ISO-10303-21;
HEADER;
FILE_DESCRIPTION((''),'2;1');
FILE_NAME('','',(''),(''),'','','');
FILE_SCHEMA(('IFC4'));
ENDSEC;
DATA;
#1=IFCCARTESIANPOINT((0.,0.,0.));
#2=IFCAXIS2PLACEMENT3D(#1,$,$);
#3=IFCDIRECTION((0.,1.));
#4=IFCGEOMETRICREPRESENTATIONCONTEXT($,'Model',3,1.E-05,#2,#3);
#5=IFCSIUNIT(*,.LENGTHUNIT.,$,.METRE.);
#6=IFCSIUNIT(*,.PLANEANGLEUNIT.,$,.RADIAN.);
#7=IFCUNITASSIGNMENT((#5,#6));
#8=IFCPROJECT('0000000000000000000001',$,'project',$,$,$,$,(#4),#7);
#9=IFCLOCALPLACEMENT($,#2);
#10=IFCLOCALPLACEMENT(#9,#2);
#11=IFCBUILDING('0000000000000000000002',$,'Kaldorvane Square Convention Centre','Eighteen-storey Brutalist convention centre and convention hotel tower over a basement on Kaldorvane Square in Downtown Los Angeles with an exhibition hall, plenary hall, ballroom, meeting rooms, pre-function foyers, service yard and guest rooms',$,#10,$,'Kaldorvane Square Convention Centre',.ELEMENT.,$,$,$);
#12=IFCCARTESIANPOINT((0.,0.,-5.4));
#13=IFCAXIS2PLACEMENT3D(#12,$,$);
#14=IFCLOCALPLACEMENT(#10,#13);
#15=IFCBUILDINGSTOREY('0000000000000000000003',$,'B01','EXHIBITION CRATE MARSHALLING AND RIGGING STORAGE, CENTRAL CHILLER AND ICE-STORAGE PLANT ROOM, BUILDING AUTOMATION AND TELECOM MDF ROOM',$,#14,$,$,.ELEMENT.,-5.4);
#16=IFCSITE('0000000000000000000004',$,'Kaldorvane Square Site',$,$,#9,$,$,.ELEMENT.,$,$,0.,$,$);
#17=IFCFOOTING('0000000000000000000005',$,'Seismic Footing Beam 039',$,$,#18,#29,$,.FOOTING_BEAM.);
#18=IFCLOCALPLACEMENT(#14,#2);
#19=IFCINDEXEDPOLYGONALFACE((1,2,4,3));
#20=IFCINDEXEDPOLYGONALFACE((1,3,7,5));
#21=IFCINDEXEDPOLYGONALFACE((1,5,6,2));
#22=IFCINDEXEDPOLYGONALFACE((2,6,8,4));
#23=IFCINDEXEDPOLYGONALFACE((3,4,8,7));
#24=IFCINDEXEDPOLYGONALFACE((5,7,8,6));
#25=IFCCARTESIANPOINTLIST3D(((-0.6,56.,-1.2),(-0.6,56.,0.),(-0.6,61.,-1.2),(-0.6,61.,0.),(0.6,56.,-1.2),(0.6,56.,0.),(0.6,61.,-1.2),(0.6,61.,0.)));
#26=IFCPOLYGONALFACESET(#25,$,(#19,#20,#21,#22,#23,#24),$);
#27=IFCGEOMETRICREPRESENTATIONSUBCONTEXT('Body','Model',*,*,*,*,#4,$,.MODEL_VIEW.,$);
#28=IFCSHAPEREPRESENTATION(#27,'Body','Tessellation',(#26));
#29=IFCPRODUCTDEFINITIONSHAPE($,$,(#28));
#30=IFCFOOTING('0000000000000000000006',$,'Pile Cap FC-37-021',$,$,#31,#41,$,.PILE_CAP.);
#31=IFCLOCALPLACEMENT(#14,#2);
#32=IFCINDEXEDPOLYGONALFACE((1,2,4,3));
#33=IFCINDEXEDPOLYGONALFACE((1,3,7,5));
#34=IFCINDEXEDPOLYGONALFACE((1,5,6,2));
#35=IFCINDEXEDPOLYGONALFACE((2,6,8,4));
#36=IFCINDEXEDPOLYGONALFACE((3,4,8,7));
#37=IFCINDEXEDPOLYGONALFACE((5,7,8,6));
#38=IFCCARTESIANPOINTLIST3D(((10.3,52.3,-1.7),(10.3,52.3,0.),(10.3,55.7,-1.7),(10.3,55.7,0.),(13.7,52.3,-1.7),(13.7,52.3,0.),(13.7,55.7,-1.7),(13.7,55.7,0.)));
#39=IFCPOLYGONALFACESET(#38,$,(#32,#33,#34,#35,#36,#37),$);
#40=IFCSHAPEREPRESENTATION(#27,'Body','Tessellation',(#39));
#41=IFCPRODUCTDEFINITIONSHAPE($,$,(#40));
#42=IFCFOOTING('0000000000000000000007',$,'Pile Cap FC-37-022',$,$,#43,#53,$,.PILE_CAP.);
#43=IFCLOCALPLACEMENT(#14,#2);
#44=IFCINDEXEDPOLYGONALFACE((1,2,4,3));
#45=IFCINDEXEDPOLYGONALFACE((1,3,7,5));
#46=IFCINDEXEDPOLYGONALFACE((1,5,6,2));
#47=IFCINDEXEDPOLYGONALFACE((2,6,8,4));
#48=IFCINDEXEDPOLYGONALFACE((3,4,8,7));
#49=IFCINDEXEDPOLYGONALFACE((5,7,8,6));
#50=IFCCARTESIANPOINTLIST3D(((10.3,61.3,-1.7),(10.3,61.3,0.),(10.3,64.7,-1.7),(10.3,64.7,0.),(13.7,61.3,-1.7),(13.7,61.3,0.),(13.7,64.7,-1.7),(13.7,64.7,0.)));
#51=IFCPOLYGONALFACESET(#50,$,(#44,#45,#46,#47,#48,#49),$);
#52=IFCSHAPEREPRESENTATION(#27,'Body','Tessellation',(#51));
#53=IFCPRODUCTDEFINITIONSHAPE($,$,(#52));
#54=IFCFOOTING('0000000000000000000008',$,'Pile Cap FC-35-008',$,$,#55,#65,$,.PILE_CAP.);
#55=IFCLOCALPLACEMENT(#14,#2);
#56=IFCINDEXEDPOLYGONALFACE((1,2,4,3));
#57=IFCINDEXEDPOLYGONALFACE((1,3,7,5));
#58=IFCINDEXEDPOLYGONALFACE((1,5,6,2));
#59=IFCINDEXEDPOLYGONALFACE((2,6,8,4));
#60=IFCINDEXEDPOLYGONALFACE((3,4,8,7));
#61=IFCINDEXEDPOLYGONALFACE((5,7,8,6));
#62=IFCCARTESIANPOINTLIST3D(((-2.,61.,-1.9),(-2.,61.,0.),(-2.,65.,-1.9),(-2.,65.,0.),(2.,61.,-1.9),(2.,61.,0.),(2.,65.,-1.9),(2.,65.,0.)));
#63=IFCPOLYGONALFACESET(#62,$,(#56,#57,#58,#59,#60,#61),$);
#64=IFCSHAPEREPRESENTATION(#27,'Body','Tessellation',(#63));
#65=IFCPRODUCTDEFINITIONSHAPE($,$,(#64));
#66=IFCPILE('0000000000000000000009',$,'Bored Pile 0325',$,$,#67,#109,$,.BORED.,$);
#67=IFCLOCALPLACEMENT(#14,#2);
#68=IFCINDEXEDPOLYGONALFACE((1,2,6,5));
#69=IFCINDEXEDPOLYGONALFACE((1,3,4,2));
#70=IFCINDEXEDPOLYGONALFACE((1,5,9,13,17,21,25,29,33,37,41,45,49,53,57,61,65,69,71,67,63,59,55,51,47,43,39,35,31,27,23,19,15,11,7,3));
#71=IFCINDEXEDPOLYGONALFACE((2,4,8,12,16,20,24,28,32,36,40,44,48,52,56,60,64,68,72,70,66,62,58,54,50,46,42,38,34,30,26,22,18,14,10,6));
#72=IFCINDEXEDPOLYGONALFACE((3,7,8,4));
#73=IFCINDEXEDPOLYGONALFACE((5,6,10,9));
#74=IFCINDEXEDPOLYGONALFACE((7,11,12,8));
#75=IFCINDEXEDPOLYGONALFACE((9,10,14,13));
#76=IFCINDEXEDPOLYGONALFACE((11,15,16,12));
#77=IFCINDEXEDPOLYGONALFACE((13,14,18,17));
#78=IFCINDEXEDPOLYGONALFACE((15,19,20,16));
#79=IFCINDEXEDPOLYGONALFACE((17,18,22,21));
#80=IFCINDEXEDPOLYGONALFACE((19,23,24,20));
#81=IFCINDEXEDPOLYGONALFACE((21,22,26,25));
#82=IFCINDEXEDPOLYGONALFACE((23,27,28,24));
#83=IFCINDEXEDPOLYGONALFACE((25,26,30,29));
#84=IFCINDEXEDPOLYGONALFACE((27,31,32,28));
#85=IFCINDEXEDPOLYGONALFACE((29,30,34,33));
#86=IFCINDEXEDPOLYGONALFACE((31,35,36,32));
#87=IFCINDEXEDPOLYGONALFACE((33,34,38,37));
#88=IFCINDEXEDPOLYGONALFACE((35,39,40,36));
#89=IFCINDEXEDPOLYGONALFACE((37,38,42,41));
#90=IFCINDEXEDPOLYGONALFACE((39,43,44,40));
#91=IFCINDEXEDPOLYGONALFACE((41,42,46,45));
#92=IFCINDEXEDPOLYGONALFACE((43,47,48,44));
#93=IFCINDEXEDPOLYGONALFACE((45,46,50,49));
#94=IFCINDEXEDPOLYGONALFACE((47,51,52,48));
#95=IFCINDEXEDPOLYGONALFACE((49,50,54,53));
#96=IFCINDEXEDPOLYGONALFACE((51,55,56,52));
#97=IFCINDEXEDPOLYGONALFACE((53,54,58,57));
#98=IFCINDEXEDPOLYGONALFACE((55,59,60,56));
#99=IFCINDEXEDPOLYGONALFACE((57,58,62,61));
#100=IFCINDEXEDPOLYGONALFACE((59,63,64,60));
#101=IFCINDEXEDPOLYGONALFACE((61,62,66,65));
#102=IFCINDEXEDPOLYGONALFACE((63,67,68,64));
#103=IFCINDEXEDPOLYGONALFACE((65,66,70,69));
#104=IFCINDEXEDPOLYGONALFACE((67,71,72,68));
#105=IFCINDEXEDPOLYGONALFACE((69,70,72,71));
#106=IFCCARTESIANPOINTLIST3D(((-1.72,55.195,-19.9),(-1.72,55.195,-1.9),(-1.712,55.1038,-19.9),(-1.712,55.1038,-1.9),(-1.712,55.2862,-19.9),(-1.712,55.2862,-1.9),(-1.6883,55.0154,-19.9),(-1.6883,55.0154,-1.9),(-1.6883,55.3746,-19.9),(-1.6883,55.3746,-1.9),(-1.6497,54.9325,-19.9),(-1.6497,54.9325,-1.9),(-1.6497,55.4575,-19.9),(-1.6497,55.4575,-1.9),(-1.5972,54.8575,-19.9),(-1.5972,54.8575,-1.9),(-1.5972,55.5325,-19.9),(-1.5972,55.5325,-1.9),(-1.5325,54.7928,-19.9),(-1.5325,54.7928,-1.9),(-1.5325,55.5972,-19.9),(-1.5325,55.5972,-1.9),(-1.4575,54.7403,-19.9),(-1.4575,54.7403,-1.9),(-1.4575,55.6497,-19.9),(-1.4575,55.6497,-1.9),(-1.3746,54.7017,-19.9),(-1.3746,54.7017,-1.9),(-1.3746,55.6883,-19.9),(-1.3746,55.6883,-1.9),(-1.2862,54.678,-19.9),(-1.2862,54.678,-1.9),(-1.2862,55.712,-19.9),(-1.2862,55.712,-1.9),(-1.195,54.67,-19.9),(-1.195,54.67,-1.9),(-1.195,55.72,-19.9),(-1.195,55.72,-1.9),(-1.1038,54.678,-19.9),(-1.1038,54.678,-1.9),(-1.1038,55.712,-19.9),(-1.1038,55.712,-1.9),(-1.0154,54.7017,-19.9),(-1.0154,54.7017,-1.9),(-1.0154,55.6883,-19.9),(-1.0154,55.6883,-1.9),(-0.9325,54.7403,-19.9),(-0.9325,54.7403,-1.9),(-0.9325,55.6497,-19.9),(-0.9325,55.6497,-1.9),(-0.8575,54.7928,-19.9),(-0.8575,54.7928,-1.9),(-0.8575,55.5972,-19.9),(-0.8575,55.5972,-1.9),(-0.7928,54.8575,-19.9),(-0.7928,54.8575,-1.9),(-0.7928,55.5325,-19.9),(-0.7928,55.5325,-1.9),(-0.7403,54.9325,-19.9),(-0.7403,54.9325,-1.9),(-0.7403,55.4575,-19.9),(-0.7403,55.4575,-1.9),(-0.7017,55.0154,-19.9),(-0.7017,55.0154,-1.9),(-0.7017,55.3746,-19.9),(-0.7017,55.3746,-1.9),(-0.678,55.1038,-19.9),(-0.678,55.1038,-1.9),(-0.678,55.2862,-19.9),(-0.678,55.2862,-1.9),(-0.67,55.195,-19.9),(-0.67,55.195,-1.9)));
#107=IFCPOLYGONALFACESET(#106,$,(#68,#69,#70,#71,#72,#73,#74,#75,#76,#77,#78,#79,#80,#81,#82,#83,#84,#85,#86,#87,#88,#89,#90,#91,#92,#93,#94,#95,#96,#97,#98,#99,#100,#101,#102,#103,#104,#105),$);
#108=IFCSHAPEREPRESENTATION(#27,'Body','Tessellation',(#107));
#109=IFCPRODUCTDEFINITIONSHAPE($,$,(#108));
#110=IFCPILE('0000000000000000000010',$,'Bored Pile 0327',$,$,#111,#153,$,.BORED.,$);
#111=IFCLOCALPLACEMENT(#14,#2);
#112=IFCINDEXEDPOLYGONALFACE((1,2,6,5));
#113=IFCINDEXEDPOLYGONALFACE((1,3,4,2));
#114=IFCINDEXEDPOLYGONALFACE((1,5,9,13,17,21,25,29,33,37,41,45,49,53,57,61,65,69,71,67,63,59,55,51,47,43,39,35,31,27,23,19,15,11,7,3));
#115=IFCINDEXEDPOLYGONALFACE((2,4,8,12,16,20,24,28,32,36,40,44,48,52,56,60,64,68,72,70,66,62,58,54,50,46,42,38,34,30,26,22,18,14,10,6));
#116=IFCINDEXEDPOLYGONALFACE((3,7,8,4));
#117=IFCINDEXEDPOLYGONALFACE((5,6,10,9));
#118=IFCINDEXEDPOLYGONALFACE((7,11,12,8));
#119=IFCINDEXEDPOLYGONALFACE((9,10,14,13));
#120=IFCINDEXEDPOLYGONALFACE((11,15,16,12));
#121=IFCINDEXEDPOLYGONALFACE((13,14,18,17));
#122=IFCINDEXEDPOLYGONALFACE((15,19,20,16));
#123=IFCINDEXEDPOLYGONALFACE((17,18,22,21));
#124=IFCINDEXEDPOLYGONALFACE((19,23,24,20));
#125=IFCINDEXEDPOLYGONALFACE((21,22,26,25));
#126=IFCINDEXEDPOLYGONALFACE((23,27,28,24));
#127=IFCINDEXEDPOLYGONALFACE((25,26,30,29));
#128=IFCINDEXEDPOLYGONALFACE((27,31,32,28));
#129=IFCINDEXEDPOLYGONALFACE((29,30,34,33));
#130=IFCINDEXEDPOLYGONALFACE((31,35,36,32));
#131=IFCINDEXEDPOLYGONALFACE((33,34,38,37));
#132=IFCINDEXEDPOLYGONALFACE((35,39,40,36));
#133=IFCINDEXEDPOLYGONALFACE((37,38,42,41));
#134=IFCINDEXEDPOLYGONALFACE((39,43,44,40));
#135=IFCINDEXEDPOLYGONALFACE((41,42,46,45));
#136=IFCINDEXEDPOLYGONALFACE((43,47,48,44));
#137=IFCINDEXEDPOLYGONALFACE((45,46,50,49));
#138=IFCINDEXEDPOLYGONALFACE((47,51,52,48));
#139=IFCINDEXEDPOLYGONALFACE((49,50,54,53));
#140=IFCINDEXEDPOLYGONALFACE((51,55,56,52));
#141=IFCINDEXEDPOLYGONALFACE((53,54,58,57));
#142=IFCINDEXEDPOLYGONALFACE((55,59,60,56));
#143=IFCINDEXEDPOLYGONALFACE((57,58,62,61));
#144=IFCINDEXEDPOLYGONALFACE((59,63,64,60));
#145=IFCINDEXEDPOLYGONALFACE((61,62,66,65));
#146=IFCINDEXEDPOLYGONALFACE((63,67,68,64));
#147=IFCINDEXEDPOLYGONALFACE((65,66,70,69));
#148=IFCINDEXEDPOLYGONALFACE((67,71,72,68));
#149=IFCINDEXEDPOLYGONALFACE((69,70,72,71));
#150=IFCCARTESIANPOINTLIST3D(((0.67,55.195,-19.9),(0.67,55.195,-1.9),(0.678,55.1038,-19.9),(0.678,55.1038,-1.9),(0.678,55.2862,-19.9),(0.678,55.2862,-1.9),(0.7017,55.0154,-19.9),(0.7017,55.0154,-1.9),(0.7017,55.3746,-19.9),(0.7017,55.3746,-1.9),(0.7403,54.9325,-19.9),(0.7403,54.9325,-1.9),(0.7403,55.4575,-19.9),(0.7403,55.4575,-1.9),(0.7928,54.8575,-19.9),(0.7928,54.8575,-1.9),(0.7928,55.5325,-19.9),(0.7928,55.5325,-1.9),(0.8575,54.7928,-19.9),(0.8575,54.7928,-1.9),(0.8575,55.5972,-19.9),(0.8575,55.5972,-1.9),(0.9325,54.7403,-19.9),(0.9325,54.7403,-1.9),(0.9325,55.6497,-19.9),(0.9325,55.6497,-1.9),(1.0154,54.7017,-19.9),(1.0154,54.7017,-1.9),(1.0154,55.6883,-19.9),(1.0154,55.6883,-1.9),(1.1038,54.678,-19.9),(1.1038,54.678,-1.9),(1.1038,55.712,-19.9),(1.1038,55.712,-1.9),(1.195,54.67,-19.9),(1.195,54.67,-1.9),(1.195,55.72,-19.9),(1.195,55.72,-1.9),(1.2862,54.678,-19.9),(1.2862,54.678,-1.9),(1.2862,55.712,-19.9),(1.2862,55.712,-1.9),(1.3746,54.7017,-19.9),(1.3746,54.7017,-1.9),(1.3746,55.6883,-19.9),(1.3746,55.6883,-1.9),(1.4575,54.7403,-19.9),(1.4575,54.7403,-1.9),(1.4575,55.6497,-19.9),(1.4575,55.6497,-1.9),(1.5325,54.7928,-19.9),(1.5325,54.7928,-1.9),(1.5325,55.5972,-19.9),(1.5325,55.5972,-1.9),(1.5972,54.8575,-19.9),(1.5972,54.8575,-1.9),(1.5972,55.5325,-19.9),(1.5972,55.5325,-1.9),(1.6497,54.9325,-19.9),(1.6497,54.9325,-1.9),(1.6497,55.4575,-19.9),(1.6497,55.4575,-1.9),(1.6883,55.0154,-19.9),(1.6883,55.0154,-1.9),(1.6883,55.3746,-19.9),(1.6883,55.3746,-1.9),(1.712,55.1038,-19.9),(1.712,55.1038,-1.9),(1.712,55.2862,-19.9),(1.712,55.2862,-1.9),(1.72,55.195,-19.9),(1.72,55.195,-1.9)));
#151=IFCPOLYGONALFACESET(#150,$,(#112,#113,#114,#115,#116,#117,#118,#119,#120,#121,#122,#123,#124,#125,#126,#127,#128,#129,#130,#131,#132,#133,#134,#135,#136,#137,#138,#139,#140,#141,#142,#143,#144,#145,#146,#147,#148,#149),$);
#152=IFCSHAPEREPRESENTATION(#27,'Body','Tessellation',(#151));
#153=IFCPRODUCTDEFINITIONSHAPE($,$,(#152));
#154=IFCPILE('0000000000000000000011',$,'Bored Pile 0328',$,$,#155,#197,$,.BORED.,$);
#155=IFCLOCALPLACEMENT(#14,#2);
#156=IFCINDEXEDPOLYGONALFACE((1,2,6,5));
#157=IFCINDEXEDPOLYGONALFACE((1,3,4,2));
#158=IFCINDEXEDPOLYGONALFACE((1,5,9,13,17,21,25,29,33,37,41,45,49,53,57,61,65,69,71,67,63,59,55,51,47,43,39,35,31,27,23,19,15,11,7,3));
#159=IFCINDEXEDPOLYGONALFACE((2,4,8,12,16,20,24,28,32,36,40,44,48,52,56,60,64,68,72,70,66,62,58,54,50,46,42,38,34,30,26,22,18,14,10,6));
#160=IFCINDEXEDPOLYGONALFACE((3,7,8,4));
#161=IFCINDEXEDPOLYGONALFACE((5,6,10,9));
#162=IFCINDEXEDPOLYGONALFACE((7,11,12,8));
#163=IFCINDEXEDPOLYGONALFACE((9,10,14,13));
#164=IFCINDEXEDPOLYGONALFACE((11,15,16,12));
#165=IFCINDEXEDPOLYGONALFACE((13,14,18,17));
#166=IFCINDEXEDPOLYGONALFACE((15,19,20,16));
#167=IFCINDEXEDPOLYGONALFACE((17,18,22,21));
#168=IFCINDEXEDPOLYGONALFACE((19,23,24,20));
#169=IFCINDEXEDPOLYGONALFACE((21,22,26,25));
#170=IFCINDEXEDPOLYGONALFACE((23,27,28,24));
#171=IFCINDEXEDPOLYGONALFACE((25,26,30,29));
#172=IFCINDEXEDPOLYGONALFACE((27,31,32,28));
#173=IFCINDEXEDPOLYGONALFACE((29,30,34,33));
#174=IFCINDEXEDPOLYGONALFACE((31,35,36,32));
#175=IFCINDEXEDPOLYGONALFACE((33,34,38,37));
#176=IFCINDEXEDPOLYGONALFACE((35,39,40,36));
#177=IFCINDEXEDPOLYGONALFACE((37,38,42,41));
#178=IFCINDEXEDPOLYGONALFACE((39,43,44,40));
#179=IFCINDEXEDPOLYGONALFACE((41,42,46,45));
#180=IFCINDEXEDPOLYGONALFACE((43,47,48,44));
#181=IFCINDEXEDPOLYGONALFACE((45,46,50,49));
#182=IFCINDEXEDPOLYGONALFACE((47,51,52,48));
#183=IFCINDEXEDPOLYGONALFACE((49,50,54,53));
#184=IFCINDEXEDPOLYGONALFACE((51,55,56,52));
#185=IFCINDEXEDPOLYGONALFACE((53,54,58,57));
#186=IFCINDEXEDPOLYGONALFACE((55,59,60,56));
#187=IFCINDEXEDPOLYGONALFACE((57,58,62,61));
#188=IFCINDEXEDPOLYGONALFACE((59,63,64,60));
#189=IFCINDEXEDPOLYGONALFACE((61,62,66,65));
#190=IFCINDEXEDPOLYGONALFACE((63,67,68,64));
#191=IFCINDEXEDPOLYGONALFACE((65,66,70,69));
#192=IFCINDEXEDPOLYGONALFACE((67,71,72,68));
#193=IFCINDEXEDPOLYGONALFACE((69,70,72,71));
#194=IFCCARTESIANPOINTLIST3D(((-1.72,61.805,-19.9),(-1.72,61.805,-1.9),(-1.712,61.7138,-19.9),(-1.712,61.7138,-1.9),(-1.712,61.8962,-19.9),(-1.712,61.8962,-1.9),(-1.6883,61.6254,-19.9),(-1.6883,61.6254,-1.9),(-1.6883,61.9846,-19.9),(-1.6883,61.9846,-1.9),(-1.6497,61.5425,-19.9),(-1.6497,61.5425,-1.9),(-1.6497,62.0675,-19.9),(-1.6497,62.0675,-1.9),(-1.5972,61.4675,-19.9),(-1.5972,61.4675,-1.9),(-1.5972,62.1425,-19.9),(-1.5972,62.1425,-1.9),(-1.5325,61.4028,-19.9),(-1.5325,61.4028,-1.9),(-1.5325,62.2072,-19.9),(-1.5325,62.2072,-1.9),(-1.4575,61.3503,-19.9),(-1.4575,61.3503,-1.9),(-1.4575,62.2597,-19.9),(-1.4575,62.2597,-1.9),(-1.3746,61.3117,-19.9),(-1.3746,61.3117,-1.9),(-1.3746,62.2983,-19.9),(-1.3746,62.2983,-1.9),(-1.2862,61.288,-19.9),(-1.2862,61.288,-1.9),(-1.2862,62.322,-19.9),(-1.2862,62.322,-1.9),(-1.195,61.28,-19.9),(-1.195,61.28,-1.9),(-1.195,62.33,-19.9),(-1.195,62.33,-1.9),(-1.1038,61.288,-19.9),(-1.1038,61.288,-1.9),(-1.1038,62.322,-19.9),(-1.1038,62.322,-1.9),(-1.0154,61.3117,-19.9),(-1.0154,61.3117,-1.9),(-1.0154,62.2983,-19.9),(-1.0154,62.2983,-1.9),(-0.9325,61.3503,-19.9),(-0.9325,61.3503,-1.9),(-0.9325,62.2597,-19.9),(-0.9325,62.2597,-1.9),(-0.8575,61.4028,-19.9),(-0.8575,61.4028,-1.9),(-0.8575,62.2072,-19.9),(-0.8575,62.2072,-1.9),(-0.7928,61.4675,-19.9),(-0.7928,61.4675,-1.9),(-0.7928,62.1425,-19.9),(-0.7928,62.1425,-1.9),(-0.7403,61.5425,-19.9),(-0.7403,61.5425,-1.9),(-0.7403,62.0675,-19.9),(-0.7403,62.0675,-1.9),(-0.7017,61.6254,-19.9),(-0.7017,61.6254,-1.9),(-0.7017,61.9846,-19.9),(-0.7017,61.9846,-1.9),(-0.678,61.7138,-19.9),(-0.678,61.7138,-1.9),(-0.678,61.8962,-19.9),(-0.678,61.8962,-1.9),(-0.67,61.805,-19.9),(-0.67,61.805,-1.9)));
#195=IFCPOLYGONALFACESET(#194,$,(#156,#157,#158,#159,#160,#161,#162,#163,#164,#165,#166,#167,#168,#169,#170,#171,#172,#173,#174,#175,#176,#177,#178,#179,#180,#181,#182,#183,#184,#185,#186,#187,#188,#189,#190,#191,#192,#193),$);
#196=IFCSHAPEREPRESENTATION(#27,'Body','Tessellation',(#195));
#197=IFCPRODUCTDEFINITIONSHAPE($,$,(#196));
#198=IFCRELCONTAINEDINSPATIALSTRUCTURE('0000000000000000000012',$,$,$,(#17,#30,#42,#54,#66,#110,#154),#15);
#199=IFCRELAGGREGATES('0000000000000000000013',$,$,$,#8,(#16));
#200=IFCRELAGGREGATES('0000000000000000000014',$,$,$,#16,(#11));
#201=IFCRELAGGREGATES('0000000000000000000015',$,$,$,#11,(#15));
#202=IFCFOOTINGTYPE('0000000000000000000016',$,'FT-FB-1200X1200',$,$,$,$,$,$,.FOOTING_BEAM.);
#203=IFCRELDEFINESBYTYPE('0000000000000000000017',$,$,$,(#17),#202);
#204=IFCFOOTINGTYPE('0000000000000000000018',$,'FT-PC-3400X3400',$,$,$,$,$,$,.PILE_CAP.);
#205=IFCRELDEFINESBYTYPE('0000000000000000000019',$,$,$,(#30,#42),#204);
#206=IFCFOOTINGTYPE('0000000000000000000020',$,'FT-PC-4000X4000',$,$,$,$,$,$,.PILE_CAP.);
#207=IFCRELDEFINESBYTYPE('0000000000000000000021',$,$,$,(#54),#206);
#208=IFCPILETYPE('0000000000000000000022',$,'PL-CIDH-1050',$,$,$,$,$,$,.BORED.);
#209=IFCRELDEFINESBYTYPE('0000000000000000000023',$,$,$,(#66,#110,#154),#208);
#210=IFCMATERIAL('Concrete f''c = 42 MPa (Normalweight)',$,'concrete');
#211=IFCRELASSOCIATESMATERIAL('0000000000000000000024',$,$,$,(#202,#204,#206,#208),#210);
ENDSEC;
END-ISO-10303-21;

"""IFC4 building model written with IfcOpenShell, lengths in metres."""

from ifc_helpers import new_model, si_unit, direction, frame, origin, origin_2d, place, context, subcontext, project, spatial, rectangle, circle, extrude, material, material_profile, profile_set, type_object, element, save


model = new_model("IFC4")

# Units and contexts
model_context = context("Model", 3, precision=1e-05, world=origin(), true_north=direction((0.0, 1.0)))
body_context = subcontext(model_context, "Body", "Model", "MODEL_VIEW")
ifc_project = project(units=[si_unit("LENGTHUNIT", "METRE"), si_unit("PLANEANGLEUNIT", "RADIAN")], contexts=[model_context])

# Site, building, storey
site_placement = place(None, origin())
site = spatial("IfcSite", under=ifc_project, at=site_placement, Name="Kaldorvane Square Site", CompositionType="ELEMENT", RefElevation=0.0)
building_placement = place(site_placement, origin())
building = spatial("IfcBuilding", under=site, at=building_placement, Name="Kaldorvane Square Convention Centre", Description="Eighteen-storey Brutalist convention centre and convention hotel tower over a basement on Kaldorvane Square in Downtown Los Angeles with an exhibition hall, plenary hall, ballroom, meeting rooms, pre-function foyers, service yard and guest rooms", LongName="Kaldorvane Square Convention Centre", CompositionType="ELEMENT")
storey_placement = place(building_placement, frame((0.0, 0.0, -5.4)))
storey = spatial("IfcBuildingStorey", under=building, at=storey_placement, Name="B01", Description="EXHIBITION CRATE MARSHALLING AND RIGGING STORAGE, CENTRAL CHILLER AND ICE-STORAGE PLANT ROOM, BUILDING AUTOMATION AND TELECOM MDF ROOM", CompositionType="ELEMENT", Elevation=-5.4)

# Footings
ifc_material_1 = material(Name="Concrete f'c = 42 MPa (Normalweight)", Category="concrete")
footing_type_1 = type_object("IfcFootingType", Name="FT-FB-1200X1200", PredefinedType="FOOTING_BEAM", material=ifc_material_1)
footing_1_placement = place(storey_placement, frame((0.0, 58.5, -1.2), z_axis=(0.0, 0.0, 1.0), x_axis=(1.0, 0.0, 0.0)))
element("IfcFooting", 1, at=footing_1_placement, inside=storey, type_object=footing_type_1, Name="Seismic Footing Beam 039", PredefinedType="FOOTING_BEAM", context=body_context, shape_type="SweptSolid", body=[
    extrude(rectangle(XDim=1.2, YDim=5.0, at=origin_2d()), origin(), (0.0, 0.0, 1.0), 1.2),
])
footing_type_2 = type_object("IfcFootingType", Name="FT-PC-3400X3400", PredefinedType="PILE_CAP", material=ifc_material_1)
for number, where, z_axis, x_axis, name in (
    (2, (12.0, 54.0, -1.7), (0.0, 0.0, 1.0), (1.0, 0.0, 0.0), "Pile Cap FC-37-021"),
    (3, (12.0, 63.0, -1.7), (0.0, 0.0, 1.0), (1.0, 0.0, 0.0), "Pile Cap FC-37-022"),
):
    element("IfcFooting", number, at=place(storey_placement, frame(where, z_axis=z_axis, x_axis=x_axis)), inside=storey, type_object=footing_type_2, Name=name, PredefinedType="PILE_CAP", context=body_context, shape_type="SweptSolid", body=[
        extrude(rectangle(XDim=3.4, YDim=3.4, at=origin_2d()), origin(), (0.0, 0.0, 1.0), 1.7),
    ])
footing_type_3 = type_object("IfcFootingType", Name="FT-PC-4000X4000", PredefinedType="PILE_CAP", material=ifc_material_1)
footing_2_placement = place(storey_placement, frame((0.0, 63.0, -1.9), z_axis=(0.0, 0.0, 1.0), x_axis=(1.0, 0.0, 0.0)))
element("IfcFooting", 4, at=footing_2_placement, inside=storey, type_object=footing_type_3, Name="Pile Cap FC-35-008", PredefinedType="PILE_CAP", context=body_context, shape_type="SweptSolid", body=[
    extrude(rectangle(XDim=4.0, YDim=4.0, at=origin_2d()), origin(), (0.0, 0.0, 1.0), 1.9),
])

# Piles
ifc_material_profile_1 = material_profile(ifc_material_1, circle(Radius=0.525, at=origin_2d()), Name="PILE-D1050")
ifc_profile_set_1 = profile_set([ifc_material_profile_1], Name="Concrete f'c = 42 MPa (Normalweight)")
pile_type_1 = type_object("IfcPileType", Name="PL-CIDH-1050", PredefinedType="BORED", material=ifc_profile_set_1)
for number, where, z_axis, x_axis, name in (
    (5, (-1.195, 55.195, -1.9), (0.0, 0.0, -1.0), (1.0, 0.0, 0.0), "Bored Pile 0325"),
    (6, (1.195, 55.195, -1.9), (0.0, 0.0, -1.0), (1.0, 0.0, 0.0), "Bored Pile 0327"),
    (7, (-1.195, 61.805, -1.9), (0.0, 0.0, -1.0), (1.0, 0.0, 0.0), "Bored Pile 0328"),
):
    element("IfcPile", number, at=place(storey_placement, frame(where, z_axis=z_axis, x_axis=x_axis)), inside=storey, type_object=pile_type_1, Name=name, PredefinedType="BORED", context=body_context, shape_type="SweptSolid", body=[
        extrude(circle(Radius=0.525, at=origin_2d()), origin(), (0.0, 0.0, 1.0), 18.0),
    ])

save(model, "model.ifc")
